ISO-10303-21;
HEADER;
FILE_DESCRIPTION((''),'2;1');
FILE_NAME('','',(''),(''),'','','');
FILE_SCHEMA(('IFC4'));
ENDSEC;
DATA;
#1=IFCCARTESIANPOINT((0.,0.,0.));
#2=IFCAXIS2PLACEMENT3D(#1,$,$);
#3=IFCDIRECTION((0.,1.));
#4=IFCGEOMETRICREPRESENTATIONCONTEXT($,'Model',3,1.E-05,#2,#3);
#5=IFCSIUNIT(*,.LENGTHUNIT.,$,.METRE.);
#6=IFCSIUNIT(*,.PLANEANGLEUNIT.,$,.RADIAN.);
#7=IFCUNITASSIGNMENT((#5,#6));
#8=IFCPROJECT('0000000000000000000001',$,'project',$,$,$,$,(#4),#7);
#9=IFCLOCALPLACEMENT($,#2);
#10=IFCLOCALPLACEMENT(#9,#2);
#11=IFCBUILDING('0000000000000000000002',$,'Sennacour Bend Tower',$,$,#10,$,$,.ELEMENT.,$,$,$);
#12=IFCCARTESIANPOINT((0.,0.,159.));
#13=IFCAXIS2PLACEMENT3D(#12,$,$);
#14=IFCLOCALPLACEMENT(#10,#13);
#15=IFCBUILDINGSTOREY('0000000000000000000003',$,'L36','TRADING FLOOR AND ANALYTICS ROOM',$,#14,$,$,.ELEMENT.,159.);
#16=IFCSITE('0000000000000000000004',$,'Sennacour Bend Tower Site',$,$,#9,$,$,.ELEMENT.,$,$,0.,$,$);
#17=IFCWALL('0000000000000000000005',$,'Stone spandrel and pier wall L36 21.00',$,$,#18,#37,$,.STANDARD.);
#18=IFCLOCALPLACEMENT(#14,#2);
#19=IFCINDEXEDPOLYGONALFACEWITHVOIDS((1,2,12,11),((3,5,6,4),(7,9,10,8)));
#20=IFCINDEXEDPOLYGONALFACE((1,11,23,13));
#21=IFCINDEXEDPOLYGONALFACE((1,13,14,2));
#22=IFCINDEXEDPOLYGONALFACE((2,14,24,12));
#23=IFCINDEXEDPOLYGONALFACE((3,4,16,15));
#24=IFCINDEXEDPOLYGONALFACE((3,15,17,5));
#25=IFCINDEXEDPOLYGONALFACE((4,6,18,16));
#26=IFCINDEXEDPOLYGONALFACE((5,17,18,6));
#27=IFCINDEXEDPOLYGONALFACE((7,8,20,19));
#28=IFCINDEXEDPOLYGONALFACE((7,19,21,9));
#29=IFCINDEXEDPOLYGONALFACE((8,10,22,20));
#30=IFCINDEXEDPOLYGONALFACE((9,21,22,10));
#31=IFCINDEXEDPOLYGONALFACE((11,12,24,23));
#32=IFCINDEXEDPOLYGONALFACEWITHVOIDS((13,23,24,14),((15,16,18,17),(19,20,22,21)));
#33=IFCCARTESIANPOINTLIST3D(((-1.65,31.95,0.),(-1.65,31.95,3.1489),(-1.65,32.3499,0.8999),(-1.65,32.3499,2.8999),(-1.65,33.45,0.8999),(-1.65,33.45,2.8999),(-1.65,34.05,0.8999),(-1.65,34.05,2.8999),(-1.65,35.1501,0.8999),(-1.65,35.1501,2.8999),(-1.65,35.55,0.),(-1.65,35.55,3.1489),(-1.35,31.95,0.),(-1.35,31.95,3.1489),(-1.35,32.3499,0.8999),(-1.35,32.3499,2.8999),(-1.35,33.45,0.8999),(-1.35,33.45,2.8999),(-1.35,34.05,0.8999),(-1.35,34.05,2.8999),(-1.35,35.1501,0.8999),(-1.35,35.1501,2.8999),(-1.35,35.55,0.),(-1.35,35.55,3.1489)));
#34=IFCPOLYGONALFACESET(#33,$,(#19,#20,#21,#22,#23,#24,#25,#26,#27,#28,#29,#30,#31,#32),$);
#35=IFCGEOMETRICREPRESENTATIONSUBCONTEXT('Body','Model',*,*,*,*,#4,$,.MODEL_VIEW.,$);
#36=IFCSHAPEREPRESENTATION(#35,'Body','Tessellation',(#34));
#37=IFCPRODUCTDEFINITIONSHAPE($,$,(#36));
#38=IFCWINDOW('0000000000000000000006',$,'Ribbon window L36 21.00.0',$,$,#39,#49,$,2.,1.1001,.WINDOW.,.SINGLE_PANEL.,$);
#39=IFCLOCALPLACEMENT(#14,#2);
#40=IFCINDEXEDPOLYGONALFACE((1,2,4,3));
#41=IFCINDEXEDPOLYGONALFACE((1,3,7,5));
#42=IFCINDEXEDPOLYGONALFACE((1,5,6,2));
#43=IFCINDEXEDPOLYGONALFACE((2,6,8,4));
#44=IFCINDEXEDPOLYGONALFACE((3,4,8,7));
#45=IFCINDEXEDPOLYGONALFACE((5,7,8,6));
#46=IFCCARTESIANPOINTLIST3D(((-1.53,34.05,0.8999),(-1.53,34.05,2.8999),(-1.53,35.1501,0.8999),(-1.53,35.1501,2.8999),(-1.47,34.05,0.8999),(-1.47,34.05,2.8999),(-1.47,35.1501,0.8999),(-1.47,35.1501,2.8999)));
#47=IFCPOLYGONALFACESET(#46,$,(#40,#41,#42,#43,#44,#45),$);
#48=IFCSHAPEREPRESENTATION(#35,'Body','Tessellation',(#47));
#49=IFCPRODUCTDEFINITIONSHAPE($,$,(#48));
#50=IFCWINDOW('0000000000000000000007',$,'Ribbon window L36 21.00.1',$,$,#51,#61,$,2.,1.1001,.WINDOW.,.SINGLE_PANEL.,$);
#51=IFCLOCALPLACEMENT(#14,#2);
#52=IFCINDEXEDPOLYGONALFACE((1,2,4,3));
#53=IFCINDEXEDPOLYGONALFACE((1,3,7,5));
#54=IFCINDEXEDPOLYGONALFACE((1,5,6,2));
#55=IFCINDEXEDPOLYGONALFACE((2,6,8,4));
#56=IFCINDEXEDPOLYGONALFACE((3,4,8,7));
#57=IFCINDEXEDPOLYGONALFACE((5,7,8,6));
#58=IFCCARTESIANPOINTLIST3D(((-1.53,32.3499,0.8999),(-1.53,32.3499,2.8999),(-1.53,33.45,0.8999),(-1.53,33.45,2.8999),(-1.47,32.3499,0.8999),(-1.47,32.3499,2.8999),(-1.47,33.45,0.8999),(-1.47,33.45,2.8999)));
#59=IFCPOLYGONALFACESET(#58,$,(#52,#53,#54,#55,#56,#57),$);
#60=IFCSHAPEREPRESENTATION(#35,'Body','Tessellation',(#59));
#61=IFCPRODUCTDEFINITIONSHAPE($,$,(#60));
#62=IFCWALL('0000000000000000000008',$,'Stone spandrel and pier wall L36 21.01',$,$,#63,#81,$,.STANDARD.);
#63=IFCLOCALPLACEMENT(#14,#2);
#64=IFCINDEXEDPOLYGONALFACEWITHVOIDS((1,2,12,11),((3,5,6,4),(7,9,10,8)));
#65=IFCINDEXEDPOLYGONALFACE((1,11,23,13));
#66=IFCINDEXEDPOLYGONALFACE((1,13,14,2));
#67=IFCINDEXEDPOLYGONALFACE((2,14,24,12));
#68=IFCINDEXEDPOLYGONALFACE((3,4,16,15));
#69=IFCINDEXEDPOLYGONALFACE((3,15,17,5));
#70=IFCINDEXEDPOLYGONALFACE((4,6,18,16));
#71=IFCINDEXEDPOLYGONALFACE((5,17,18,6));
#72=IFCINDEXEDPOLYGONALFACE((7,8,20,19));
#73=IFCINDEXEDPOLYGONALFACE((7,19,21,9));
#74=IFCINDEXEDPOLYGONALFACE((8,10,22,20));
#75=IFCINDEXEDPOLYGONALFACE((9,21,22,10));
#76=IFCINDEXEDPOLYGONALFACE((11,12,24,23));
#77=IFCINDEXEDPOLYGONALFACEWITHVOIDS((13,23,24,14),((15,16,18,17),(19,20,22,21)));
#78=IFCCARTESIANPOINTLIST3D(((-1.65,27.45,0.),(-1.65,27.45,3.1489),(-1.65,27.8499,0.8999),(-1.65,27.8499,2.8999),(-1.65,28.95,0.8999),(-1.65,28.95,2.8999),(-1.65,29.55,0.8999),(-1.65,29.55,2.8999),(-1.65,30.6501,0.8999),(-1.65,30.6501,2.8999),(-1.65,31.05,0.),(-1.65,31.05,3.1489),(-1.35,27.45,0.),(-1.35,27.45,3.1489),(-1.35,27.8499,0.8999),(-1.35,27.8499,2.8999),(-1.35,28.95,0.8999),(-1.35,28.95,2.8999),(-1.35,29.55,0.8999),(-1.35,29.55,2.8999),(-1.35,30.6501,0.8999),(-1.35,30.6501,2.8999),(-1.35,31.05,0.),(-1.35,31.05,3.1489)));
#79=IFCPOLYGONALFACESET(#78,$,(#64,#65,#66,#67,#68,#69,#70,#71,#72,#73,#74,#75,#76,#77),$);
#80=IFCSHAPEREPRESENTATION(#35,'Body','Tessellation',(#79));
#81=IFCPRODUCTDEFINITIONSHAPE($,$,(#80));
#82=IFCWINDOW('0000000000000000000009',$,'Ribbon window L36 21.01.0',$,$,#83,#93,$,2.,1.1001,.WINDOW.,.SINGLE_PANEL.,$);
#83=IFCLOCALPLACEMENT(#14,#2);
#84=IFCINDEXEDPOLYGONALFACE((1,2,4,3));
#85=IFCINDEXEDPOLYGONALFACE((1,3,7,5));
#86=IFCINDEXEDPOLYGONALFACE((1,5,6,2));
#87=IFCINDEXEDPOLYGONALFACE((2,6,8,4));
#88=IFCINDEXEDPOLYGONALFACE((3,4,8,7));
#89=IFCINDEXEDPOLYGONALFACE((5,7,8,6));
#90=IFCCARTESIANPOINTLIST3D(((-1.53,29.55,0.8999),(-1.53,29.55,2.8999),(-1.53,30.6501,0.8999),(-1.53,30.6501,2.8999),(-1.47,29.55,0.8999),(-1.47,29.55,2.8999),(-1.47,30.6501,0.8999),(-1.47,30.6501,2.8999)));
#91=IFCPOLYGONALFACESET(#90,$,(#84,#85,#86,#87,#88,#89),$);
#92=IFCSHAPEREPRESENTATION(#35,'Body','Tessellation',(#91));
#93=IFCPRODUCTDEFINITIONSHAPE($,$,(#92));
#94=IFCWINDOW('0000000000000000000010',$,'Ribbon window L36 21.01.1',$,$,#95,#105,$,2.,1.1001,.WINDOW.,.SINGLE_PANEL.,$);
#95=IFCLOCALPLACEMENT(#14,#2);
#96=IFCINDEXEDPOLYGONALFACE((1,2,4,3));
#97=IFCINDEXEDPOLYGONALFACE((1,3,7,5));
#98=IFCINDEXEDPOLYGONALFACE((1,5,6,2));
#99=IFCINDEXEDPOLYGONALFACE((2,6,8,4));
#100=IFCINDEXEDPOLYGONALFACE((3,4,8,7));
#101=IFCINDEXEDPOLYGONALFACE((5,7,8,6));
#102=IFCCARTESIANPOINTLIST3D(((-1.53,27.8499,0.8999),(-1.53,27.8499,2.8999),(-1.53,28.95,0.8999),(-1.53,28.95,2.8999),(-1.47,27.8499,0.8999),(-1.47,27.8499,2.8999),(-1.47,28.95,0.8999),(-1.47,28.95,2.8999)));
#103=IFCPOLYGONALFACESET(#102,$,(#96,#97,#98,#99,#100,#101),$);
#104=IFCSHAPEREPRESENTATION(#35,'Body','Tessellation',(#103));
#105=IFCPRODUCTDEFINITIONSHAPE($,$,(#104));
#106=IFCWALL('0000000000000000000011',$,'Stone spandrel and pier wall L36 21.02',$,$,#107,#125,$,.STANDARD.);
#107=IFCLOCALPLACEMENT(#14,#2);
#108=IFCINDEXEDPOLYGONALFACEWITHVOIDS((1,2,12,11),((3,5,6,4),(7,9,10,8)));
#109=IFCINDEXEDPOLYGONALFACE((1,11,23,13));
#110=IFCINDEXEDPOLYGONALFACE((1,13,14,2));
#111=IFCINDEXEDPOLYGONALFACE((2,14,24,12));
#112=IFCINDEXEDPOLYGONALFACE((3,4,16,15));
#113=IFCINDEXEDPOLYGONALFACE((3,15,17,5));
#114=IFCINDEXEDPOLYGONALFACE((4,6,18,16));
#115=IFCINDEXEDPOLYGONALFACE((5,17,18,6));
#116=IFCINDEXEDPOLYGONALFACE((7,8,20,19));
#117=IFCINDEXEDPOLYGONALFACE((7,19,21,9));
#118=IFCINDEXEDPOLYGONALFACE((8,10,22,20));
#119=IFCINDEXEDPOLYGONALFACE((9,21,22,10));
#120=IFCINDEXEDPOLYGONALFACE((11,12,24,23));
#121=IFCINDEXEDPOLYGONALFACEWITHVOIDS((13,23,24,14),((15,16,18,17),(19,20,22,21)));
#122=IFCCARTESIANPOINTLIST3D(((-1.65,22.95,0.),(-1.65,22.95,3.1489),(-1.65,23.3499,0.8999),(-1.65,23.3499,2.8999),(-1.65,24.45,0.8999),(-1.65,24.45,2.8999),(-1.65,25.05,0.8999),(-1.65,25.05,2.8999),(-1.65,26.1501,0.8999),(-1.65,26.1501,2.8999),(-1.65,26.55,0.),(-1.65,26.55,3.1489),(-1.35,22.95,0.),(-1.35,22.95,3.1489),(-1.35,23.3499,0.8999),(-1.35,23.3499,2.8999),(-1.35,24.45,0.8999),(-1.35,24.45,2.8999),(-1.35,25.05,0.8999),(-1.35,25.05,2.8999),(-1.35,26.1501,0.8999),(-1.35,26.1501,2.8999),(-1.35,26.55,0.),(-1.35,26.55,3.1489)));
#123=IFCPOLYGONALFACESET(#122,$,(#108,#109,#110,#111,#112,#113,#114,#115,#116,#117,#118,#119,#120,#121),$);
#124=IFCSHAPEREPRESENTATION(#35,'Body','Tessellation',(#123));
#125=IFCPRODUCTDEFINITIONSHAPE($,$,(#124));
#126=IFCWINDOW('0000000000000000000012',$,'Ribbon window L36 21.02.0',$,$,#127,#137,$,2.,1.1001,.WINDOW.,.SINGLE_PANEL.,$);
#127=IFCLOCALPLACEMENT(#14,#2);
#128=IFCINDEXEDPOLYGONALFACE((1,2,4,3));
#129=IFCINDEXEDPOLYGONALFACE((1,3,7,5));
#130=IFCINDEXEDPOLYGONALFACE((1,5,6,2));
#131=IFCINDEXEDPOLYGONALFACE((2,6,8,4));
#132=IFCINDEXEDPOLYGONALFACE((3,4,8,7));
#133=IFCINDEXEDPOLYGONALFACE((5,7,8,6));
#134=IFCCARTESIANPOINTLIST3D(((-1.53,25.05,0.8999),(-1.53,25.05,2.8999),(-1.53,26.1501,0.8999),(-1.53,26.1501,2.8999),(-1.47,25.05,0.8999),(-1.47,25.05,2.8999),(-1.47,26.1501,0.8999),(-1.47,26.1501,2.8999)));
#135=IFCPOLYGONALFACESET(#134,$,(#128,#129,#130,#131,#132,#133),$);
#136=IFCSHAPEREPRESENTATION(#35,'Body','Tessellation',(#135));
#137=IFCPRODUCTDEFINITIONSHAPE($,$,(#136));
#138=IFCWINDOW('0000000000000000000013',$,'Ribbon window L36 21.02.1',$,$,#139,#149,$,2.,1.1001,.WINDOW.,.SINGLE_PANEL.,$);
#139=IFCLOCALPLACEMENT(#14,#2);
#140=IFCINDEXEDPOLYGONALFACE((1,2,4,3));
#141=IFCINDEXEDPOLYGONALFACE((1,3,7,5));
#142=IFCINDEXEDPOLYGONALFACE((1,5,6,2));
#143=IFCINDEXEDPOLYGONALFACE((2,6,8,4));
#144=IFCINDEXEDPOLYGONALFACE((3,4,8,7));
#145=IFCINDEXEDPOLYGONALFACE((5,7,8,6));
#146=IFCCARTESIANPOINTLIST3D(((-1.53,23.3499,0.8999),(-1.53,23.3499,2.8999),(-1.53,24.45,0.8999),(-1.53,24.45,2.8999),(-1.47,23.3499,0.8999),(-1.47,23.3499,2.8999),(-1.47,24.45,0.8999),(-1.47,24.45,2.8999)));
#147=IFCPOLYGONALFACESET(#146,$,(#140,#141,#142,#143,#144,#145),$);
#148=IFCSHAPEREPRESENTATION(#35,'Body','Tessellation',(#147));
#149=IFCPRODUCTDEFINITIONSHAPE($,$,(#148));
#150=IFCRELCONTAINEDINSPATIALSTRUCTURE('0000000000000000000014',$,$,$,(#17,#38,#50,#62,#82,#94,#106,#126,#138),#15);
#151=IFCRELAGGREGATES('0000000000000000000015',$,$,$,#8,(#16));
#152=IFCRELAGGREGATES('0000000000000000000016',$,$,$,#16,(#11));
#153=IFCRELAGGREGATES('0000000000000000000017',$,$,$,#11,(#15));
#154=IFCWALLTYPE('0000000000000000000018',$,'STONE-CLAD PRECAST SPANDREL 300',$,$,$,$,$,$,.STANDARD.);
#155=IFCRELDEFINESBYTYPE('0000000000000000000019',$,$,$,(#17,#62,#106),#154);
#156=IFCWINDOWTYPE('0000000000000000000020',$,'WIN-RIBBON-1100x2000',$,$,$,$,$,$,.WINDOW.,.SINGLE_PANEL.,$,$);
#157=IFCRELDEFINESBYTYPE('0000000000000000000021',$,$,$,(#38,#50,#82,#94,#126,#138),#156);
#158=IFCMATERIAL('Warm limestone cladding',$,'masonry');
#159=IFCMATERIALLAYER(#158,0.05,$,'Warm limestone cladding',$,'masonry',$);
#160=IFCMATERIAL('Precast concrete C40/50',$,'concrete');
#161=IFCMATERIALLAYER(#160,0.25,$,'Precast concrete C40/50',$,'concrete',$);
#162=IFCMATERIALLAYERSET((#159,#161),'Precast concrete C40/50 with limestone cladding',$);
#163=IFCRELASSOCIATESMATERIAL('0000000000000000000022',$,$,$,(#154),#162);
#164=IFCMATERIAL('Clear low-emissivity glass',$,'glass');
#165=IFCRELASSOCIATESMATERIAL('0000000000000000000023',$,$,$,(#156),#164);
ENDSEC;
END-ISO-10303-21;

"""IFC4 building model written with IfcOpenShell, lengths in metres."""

from ifc_helpers import new_model, si_unit, direction, frame, frame_2d, origin, place, context, subcontext, project, spatial, rectangle, extrude, material, layer, layer_set, type_object, element, fill, save


model = new_model("IFC4")

# Units and contexts
model_context = context("Model", 3, precision=1e-05, world=origin(), true_north=direction((0.0, 1.0)))
body_context = subcontext(model_context, "Body", "Model", "MODEL_VIEW")
ifc_project = project(units=[si_unit("LENGTHUNIT", "METRE"), si_unit("PLANEANGLEUNIT", "RADIAN")], contexts=[model_context])

# Site, building, storey
site_placement = place(None, origin())
site = spatial("IfcSite", under=ifc_project, at=site_placement, Name="Sennacour Bend Tower Site", CompositionType="ELEMENT", RefElevation=0.0)
building_placement = place(site_placement, origin())
building = spatial("IfcBuilding", under=site, at=building_placement, Name="Sennacour Bend Tower", CompositionType="ELEMENT")
storey_placement = place(building_placement, frame((0.0, 0.0, 159.0)))
storey = spatial("IfcBuildingStorey", under=building, at=storey_placement, Name="L36", Description="TRADING FLOOR AND ANALYTICS ROOM", CompositionType="ELEMENT", Elevation=159.0)

# Shared definitions
ifc_material_1 = material(Name="Warm limestone cladding", Category="masonry")
ifc_layer_1 = layer(ifc_material_1, 0.05, Name="Warm limestone cladding", Category="masonry")
ifc_material_2 = material(Name="Precast concrete C40/50", Category="concrete")
ifc_layer_2 = layer(ifc_material_2, 0.25, Name="Precast concrete C40/50", Category="concrete")
ifc_layer_set_1 = layer_set([ifc_layer_1, ifc_layer_2], Name="Precast concrete C40/50 with limestone cladding")
wall_type_1 = type_object("IfcWallType", Name="STONE-CLAD PRECAST SPANDREL 300", PredefinedType="STANDARD", material=ifc_layer_set_1)

# Walls, openings, windows
wall_1_placement = place(storey_placement, frame((-1.5, 35.55, 0.0), z_axis=(0.0, 0.0, 1.0), x_axis=(0.0, -1.0, 0.0)))
wall_1 = element("IfcWall", 1, at=wall_1_placement, inside=storey, type_object=wall_type_1, Name="Stone spandrel and pier wall L36 21.00", PredefinedType="STANDARD", context=body_context, shape_type="SweptSolid", body=[
    extrude(rectangle(XDim=3.6001, YDim=0.3, at=frame_2d((1.8, 0.0))), origin(), (0.0, 0.0, 1.0), 3.1489),
])
opening_1_placement = place(wall_1_placement, frame((0.3999, 0.0, 0.8999)))
opening_1 = element("IfcOpeningElement", 2, at=opening_1_placement, cuts=wall_1, PredefinedType="OPENING", context=body_context, shape_type="SweptSolid", body=[
    extrude(rectangle(XDim=1.1001, YDim=2.0, at=frame_2d((0.55, 1.0))), frame((0.0, 0.1602, 0.0), z_axis=(0.0, -1.0, 0.0), x_axis=(1.0, 0.0, 0.0)), (0.0, 0.0, 1.0), 0.3201),
])
opening_2_placement = place(wall_1_placement, frame((2.1001, 0.0, 0.8999)))
opening_2 = element("IfcOpeningElement", 3, at=opening_2_placement, cuts=wall_1, PredefinedType="OPENING", context=body_context, shape_type="SweptSolid", body=[
    extrude(rectangle(XDim=1.1001, YDim=2.0, at=frame_2d((0.55, 1.0))), frame((0.0, 0.1602, 0.0), z_axis=(0.0, -1.0, 0.0), x_axis=(1.0, 0.0, 0.0)), (0.0, 0.0, 1.0), 0.3201),
])
ifc_material_3 = material(Name="Clear low-emissivity glass", Category="glass")
window_type = type_object("IfcWindowType", Name="WIN-RIBBON-1100x2000", PartitioningType="SINGLE_PANEL", PredefinedType="WINDOW", material=ifc_material_3)
window_1_placement = place(opening_1_placement, origin())
window_1 = element("IfcWindow", 4, at=window_1_placement, inside=storey, type_object=window_type, Name="Ribbon window L36 21.00.0", OverallHeight=2.0, OverallWidth=1.1001, PartitioningType="SINGLE_PANEL", PredefinedType="WINDOW", context=body_context, shape_type="SweptSolid", body=[
    extrude(rectangle(XDim=1.1001, YDim=2.0, at=frame_2d((0.55, 1.0))), frame((0.0, 0.03, 0.0), z_axis=(0.0, -1.0, 0.0), x_axis=(1.0, 0.0, 0.0)), (0.0, 0.0, 1.0), 0.0601),
])
fill(opening_1, window_1)
window_2_placement = place(opening_2_placement, origin())
window_2 = element("IfcWindow", 5, at=window_2_placement, inside=storey, type_object=window_type, Name="Ribbon window L36 21.00.1", OverallHeight=2.0, OverallWidth=1.1001, PartitioningType="SINGLE_PANEL", PredefinedType="WINDOW", context=body_context, shape_type="SweptSolid", body=[
    extrude(rectangle(XDim=1.1001, YDim=2.0, at=frame_2d((0.55, 1.0))), frame((0.0, 0.03, 0.0), z_axis=(0.0, -1.0, 0.0), x_axis=(1.0, 0.0, 0.0)), (0.0, 0.0, 1.0), 0.0601),
])
fill(opening_2, window_2)
wall_2_placement = place(storey_placement, frame((-1.5, 31.05, 0.0), z_axis=(0.0, 0.0, 1.0), x_axis=(0.0, -1.0, 0.0)))
wall_2 = element("IfcWall", 6, at=wall_2_placement, inside=storey, type_object=wall_type_1, Name="Stone spandrel and pier wall L36 21.01", PredefinedType="STANDARD", context=body_context, shape_type="SweptSolid", body=[
    extrude(rectangle(XDim=3.6001, YDim=0.3, at=frame_2d((1.8, 0.0))), origin(), (0.0, 0.0, 1.0), 3.1489),
])
opening_3_placement = place(wall_2_placement, frame((0.3999, 0.0, 0.8999)))
opening_3 = element("IfcOpeningElement", 7, at=opening_3_placement, cuts=wall_2, PredefinedType="OPENING", context=body_context, shape_type="SweptSolid", body=[
    extrude(rectangle(XDim=1.1001, YDim=2.0, at=frame_2d((0.55, 1.0))), frame((0.0, 0.1602, 0.0), z_axis=(0.0, -1.0, 0.0), x_axis=(1.0, 0.0, 0.0)), (0.0, 0.0, 1.0), 0.3201),
])
opening_4_placement = place(wall_2_placement, frame((2.1001, 0.0, 0.8999)))
opening_4 = element("IfcOpeningElement", 8, at=opening_4_placement, cuts=wall_2, PredefinedType="OPENING", context=body_context, shape_type="SweptSolid", body=[
    extrude(rectangle(XDim=1.1001, YDim=2.0, at=frame_2d((0.55, 1.0))), frame((0.0, 0.1602, 0.0), z_axis=(0.0, -1.0, 0.0), x_axis=(1.0, 0.0, 0.0)), (0.0, 0.0, 1.0), 0.3201),
])
window_3_placement = place(opening_3_placement, origin())
window_3 = element("IfcWindow", 9, at=window_3_placement, inside=storey, type_object=window_type, Name="Ribbon window L36 21.01.0", OverallHeight=2.0, OverallWidth=1.1001, PartitioningType="SINGLE_PANEL", PredefinedType="WINDOW", context=body_context, shape_type="SweptSolid", body=[
    extrude(rectangle(XDim=1.1001, YDim=2.0, at=frame_2d((0.55, 1.0))), frame((0.0, 0.03, 0.0), z_axis=(0.0, -1.0, 0.0), x_axis=(1.0, 0.0, 0.0)), (0.0, 0.0, 1.0), 0.0601),
])
fill(opening_3, window_3)
window_4_placement = place(opening_4_placement, origin())
window_4 = element("IfcWindow", 10, at=window_4_placement, inside=storey, type_object=window_type, Name="Ribbon window L36 21.01.1", OverallHeight=2.0, OverallWidth=1.1001, PartitioningType="SINGLE_PANEL", PredefinedType="WINDOW", context=body_context, shape_type="SweptSolid", body=[
    extrude(rectangle(XDim=1.1001, YDim=2.0, at=frame_2d((0.55, 1.0))), frame((0.0, 0.03, 0.0), z_axis=(0.0, -1.0, 0.0), x_axis=(1.0, 0.0, 0.0)), (0.0, 0.0, 1.0), 0.0601),
])
fill(opening_4, window_4)
wall_3_placement = place(storey_placement, frame((-1.5, 26.55, 0.0), z_axis=(0.0, 0.0, 1.0), x_axis=(0.0, -1.0, 0.0)))
wall_3 = element("IfcWall", 11, at=wall_3_placement, inside=storey, type_object=wall_type_1, Name="Stone spandrel and pier wall L36 21.02", PredefinedType="STANDARD", context=body_context, shape_type="SweptSolid", body=[
    extrude(rectangle(XDim=3.6001, YDim=0.3, at=frame_2d((1.8, 0.0))), origin(), (0.0, 0.0, 1.0), 3.1489),
])
opening_5_placement = place(wall_3_placement, frame((0.3999, 0.0, 0.8999)))
opening_5 = element("IfcOpeningElement", 12, at=opening_5_placement, cuts=wall_3, PredefinedType="OPENING", context=body_context, shape_type="SweptSolid", body=[
    extrude(rectangle(XDim=1.1001, YDim=2.0, at=frame_2d((0.55, 1.0))), frame((0.0, 0.1602, 0.0), z_axis=(0.0, -1.0, 0.0), x_axis=(1.0, 0.0, 0.0)), (0.0, 0.0, 1.0), 0.3201),
])
opening_6_placement = place(wall_3_placement, frame((2.1001, 0.0, 0.8999)))
opening_6 = element("IfcOpeningElement", 13, at=opening_6_placement, cuts=wall_3, PredefinedType="OPENING", context=body_context, shape_type="SweptSolid", body=[
    extrude(rectangle(XDim=1.1001, YDim=2.0, at=frame_2d((0.55, 1.0))), frame((0.0, 0.1602, 0.0), z_axis=(0.0, -1.0, 0.0), x_axis=(1.0, 0.0, 0.0)), (0.0, 0.0, 1.0), 0.3201),
])
window_5_placement = place(opening_5_placement, origin())
window_5 = element("IfcWindow", 14, at=window_5_placement, inside=storey, type_object=window_type, Name="Ribbon window L36 21.02.0", OverallHeight=2.0, OverallWidth=1.1001, PartitioningType="SINGLE_PANEL", PredefinedType="WINDOW", context=body_context, shape_type="SweptSolid", body=[
    extrude(rectangle(XDim=1.1001, YDim=2.0, at=frame_2d((0.55, 1.0))), frame((0.0, 0.03, 0.0), z_axis=(0.0, -1.0, 0.0), x_axis=(1.0, 0.0, 0.0)), (0.0, 0.0, 1.0), 0.0601),
])
fill(opening_5, window_5)
window_6_placement = place(opening_6_placement, origin())
window_6 = element("IfcWindow", 15, at=window_6_placement, inside=storey, type_object=window_type, Name="Ribbon window L36 21.02.1", OverallHeight=2.0, OverallWidth=1.1001, PartitioningType="SINGLE_PANEL", PredefinedType="WINDOW", context=body_context, shape_type="SweptSolid", body=[
    extrude(rectangle(XDim=1.1001, YDim=2.0, at=frame_2d((0.55, 1.0))), frame((0.0, 0.03, 0.0), z_axis=(0.0, -1.0, 0.0), x_axis=(1.0, 0.0, 0.0)), (0.0, 0.0, 1.0), 0.0601),
])
fill(opening_6, window_6)

save(model, "model.ifc")
